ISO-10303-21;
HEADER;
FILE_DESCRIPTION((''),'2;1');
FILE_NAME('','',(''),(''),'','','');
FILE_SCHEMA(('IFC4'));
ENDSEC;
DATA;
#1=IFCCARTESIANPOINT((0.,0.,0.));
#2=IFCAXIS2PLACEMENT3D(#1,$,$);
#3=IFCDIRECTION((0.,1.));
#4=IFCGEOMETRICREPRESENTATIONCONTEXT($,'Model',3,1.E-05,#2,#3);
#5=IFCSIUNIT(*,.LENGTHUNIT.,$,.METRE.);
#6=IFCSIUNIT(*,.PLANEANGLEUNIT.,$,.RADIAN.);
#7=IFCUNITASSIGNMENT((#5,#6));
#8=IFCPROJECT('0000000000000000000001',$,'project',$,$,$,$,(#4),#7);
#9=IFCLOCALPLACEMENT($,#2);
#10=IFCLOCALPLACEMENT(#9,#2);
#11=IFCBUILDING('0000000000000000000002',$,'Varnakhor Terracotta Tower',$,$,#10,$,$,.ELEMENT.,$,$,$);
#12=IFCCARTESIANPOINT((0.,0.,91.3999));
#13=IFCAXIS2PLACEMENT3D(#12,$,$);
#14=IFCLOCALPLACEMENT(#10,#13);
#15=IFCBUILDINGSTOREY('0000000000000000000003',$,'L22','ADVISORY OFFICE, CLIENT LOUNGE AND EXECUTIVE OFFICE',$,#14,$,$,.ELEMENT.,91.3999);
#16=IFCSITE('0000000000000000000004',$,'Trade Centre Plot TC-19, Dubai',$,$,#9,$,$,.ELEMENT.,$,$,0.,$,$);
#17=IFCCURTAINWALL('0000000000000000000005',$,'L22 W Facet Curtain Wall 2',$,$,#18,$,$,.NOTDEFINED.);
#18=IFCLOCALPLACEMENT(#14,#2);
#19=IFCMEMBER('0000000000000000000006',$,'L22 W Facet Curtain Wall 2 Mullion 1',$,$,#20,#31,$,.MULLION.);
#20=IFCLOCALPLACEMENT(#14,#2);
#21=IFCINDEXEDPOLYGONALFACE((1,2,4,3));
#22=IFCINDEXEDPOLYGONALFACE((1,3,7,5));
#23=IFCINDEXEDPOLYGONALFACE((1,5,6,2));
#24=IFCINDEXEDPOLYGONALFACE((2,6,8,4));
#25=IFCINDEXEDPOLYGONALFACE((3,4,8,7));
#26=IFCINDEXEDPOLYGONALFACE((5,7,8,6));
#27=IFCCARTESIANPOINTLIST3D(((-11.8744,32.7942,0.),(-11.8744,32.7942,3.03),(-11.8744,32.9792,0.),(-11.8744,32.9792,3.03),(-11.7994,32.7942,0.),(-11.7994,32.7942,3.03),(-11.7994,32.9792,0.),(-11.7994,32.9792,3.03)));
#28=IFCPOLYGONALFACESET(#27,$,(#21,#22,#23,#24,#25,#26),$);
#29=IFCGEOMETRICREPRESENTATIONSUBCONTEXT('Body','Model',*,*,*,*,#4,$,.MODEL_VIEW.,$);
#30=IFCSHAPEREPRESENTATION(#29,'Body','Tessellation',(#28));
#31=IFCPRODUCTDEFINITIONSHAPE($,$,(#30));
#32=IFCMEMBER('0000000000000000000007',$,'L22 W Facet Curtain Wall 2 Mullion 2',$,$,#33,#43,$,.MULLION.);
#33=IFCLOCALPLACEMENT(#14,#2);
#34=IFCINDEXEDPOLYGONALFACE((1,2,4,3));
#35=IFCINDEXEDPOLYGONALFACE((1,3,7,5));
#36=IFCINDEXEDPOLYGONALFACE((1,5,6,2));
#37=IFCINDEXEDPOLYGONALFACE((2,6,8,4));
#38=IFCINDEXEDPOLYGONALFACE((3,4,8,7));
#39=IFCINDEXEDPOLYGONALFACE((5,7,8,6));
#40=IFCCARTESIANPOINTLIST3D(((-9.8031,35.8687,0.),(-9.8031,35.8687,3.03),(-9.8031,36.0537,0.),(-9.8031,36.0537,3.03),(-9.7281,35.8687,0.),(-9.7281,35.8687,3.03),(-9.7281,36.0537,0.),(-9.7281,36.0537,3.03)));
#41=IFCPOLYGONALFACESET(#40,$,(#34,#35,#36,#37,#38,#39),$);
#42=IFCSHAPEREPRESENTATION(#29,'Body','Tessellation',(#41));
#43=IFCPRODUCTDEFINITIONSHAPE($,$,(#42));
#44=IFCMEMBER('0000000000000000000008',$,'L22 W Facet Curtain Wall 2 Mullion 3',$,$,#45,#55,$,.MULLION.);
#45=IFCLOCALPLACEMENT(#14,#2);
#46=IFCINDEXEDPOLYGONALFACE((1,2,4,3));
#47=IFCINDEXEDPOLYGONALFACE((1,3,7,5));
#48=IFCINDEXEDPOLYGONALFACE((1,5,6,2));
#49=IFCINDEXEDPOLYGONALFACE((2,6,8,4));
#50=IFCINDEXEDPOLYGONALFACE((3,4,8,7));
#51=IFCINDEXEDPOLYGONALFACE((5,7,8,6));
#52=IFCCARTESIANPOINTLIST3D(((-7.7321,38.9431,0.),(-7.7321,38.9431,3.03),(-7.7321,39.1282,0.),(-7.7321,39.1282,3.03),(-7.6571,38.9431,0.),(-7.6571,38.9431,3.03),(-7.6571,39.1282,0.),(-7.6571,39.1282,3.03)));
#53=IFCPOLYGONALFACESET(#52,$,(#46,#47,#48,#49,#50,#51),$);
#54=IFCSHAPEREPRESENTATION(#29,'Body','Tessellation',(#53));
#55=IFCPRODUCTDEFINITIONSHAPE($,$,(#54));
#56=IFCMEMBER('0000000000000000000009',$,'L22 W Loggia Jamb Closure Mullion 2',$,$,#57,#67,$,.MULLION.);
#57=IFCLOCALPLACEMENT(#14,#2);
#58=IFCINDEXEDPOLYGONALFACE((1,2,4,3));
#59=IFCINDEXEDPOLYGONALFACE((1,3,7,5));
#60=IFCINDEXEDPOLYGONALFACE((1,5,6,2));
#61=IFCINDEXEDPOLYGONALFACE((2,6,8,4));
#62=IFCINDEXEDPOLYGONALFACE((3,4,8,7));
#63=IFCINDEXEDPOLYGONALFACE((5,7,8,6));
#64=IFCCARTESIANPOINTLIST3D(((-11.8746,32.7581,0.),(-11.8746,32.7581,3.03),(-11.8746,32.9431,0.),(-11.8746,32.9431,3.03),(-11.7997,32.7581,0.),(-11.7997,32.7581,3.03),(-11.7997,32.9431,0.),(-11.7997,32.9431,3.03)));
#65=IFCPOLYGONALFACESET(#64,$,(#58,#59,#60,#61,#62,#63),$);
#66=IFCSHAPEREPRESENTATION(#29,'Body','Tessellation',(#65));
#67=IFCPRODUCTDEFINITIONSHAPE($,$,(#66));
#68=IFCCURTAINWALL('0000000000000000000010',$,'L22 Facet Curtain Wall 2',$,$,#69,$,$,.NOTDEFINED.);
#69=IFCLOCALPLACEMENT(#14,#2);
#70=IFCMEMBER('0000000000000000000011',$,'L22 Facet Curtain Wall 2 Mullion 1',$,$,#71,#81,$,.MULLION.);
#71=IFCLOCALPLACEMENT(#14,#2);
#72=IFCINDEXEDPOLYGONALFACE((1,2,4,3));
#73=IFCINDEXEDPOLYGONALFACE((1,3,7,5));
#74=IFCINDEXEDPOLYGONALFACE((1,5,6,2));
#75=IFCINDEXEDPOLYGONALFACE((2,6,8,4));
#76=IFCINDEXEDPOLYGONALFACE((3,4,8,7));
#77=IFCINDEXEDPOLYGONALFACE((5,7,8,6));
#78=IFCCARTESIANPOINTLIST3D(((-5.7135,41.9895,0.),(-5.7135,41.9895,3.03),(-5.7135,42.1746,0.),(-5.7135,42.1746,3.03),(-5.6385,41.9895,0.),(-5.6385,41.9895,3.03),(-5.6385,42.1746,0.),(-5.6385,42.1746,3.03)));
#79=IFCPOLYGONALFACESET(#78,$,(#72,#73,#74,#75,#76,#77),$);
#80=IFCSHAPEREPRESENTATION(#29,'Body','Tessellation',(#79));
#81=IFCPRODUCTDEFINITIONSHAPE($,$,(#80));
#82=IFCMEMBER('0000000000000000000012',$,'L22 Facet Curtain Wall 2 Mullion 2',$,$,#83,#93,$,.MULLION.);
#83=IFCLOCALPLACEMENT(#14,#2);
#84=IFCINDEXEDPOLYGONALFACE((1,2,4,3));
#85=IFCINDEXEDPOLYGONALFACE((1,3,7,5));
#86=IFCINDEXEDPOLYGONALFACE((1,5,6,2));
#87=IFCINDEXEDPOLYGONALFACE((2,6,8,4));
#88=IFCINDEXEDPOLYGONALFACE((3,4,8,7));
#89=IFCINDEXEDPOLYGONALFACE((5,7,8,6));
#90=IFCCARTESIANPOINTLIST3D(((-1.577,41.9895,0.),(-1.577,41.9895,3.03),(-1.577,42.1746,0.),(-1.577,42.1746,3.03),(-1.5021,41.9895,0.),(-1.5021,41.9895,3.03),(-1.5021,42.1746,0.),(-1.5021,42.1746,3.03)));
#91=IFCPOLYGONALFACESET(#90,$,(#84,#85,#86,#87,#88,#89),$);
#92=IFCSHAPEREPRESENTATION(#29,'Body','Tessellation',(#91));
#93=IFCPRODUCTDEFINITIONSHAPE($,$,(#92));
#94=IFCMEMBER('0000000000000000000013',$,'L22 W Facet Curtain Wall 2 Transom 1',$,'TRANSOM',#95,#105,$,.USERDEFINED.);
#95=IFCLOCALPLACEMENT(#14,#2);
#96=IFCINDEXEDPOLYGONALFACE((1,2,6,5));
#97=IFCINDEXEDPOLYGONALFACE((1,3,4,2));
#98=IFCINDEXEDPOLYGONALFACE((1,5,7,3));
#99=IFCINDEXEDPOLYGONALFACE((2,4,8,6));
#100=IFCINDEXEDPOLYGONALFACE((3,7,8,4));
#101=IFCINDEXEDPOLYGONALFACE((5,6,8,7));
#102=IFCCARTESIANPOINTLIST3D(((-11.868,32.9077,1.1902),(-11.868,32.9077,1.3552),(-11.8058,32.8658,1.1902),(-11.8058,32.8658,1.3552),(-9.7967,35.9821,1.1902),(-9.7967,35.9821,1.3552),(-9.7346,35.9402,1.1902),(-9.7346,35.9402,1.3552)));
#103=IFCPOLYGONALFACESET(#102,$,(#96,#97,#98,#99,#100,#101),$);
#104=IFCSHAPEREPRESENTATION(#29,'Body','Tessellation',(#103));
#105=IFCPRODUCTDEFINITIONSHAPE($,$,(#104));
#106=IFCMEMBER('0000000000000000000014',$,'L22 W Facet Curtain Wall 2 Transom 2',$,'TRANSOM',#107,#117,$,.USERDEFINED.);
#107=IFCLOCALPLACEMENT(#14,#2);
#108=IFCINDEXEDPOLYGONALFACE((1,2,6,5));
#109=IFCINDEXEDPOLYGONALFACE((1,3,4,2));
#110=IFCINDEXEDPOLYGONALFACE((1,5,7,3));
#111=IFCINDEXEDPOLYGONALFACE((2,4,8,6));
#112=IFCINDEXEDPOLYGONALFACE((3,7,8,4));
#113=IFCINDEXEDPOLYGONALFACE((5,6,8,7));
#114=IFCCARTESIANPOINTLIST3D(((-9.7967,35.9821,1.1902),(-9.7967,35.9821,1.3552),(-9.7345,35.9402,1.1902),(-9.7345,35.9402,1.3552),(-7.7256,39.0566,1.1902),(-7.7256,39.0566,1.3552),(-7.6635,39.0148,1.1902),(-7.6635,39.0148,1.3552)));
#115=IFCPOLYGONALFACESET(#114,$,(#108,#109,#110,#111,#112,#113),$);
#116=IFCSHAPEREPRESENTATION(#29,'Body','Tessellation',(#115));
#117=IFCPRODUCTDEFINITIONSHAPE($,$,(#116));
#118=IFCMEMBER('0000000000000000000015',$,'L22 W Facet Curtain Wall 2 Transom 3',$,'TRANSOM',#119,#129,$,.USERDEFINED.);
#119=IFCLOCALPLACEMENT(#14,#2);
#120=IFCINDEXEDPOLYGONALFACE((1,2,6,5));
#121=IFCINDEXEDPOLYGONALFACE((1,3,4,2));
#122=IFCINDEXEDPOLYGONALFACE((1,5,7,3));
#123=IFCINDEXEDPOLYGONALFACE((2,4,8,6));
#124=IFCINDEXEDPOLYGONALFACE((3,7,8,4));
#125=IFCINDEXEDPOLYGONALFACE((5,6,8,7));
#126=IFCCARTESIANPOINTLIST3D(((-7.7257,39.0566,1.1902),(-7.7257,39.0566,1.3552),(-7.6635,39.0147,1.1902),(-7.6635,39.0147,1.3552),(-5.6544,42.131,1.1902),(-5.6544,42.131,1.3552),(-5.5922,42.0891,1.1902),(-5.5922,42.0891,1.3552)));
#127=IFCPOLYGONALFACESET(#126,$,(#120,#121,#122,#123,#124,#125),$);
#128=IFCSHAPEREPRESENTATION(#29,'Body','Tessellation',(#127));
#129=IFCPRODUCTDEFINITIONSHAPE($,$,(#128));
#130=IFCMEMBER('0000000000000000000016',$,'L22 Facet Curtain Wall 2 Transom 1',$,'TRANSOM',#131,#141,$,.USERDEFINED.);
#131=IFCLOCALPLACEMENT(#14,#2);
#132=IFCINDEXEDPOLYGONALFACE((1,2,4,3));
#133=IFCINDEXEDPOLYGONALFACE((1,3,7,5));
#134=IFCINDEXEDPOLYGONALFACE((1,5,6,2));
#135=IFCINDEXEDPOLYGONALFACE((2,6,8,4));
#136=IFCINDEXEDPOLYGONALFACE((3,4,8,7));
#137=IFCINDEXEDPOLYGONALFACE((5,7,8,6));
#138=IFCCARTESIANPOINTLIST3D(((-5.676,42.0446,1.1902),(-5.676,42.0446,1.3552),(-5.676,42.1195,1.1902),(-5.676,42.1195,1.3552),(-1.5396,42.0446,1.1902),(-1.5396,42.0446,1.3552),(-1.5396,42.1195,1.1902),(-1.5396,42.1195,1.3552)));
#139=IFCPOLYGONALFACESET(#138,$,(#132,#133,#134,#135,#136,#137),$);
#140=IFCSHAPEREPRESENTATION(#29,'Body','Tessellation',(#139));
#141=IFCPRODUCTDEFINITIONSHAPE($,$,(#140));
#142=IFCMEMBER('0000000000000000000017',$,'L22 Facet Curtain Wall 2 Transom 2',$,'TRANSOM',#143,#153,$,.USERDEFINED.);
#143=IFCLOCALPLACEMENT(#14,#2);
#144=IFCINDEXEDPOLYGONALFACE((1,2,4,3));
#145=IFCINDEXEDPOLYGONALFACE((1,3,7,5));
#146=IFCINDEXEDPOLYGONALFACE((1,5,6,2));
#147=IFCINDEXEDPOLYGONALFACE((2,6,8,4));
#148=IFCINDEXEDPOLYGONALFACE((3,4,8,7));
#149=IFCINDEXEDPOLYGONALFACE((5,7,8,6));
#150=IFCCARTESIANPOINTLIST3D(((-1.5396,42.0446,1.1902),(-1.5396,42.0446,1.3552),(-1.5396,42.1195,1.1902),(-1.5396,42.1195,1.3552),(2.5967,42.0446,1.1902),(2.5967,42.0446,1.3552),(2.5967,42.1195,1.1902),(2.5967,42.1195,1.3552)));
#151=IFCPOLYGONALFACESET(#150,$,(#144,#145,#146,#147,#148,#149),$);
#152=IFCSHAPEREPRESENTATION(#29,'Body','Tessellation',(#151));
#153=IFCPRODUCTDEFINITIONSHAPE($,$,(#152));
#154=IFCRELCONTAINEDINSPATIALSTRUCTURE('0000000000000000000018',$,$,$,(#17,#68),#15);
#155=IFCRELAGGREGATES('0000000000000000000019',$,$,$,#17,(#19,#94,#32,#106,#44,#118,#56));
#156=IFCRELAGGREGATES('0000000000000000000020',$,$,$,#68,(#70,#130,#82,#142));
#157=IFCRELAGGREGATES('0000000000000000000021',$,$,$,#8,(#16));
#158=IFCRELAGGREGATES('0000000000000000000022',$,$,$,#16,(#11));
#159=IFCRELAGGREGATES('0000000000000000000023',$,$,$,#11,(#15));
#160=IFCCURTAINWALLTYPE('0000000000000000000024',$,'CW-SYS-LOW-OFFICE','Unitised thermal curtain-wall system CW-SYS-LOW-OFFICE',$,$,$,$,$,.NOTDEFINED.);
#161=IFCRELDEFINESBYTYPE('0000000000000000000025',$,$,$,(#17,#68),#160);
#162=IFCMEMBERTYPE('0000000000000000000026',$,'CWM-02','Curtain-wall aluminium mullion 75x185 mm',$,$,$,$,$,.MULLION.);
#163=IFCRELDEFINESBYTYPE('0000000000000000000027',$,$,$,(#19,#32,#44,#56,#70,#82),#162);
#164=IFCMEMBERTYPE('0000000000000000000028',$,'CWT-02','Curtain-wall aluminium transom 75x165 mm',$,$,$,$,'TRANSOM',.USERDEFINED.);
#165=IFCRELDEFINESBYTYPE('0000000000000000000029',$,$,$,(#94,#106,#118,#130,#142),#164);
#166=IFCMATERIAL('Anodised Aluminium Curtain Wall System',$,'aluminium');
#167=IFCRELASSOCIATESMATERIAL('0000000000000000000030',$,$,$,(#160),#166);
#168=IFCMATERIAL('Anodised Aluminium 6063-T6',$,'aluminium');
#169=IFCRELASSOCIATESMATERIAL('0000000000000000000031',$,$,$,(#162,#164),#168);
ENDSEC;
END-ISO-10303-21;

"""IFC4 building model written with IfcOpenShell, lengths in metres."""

from ifc_helpers import new_model, si_unit, direction, frame, origin, origin_2d, place, context, subcontext, project, spatial, rectangle, extrude, source, transform, mapped, material, material_profile, profile_set, type_object, type_shapes, element, aggregate, save


model = new_model("IFC4")

# Units and contexts
model_context = context("Model", 3, precision=1e-05, world=origin(), true_north=direction((0.0, 1.0)))
body_context = subcontext(model_context, "Body", "Model", "MODEL_VIEW")
ifc_project = project(units=[si_unit("LENGTHUNIT", "METRE"), si_unit("PLANEANGLEUNIT", "RADIAN")], contexts=[model_context])

# Site, building, storey
site_placement = place(None, origin())
site = spatial("IfcSite", under=ifc_project, at=site_placement, Name="Trade Centre Plot TC-19, Dubai", CompositionType="ELEMENT", RefElevation=0.0)
building_placement = place(site_placement, origin())
building = spatial("IfcBuilding", under=site, at=building_placement, Name="Varnakhor Terracotta Tower", CompositionType="ELEMENT")
storey_placement = place(building_placement, frame((0.0, 0.0, 91.3999)))
storey = spatial("IfcBuildingStorey", under=building, at=storey_placement, Name="L22", Description="ADVISORY OFFICE, CLIENT LOUNGE AND EXECUTIVE OFFICE", CompositionType="ELEMENT", Elevation=91.3999)

# Curtain walls, members
ifc_material_1 = material(Name="Anodised Aluminium Curtain Wall System", Category="aluminium")
curtain_wall_type = type_object("IfcCurtainWallType", Name="CW-SYS-LOW-OFFICE", Description="Unitised thermal curtain-wall system CW-SYS-LOW-OFFICE", PredefinedType="NOTDEFINED", material=ifc_material_1)
curtain_wall_1_placement = place(storey_placement, origin())
curtain_wall_1 = element("IfcCurtainWall", 1, at=curtain_wall_1_placement, inside=storey, type_object=curtain_wall_type, Name="L22 W Facet Curtain Wall 2", PredefinedType="NOTDEFINED")
ifc_material_2 = material(Name="Anodised Aluminium 6063-T6", Category="aluminium")
ifc_material_profile_1 = material_profile(ifc_material_2, rectangle(XDim=0.075, YDim=0.1851, at=origin_2d()), Name="ALU MULLION 75x185")
ifc_profile_set_1 = profile_set([ifc_material_profile_1], Name="Anodised Aluminium 6063-T6")
member_type_1 = type_object("IfcMemberType", Name="CWM-02", Description="Curtain-wall aluminium mullion 75x185 mm", PredefinedType="MULLION", material=ifc_profile_set_1)
shared_shape_1 = source(origin(), body_context, "Body", "SweptSolid", [
    extrude(rectangle(XDim=0.075, YDim=0.1851, at=origin_2d()), origin(), (0.0, 0.0, 1.0), 3.03),
])
type_shapes(member_type_1, [shared_shape_1])
member_1_placement = place(storey_placement, frame((-11.8369, 32.8867, 0.0), z_axis=(0.0, 0.0, 1.0), x_axis=(1.0, 0.0, 0.0)))
member_1 = element("IfcMember", 2, at=member_1_placement, type_object=member_type_1, Name="L22 W Facet Curtain Wall 2 Mullion 1", PredefinedType="MULLION", context=body_context, shape_type="MappedRepresentation", body=[
    mapped(shared_shape_1, transform((0.0, 0.0, 0.0), scale=1.0)),
])
member_2_placement = place(storey_placement, frame((-9.7656, 35.9612, 0.0), z_axis=(0.0, 0.0, 1.0), x_axis=(1.0, 0.0, 0.0)))
member_2 = element("IfcMember", 3, at=member_2_placement, type_object=member_type_1, Name="L22 W Facet Curtain Wall 2 Mullion 2", PredefinedType="MULLION", context=body_context, shape_type="MappedRepresentation", body=[
    mapped(shared_shape_1, transform((0.0, 0.0, 0.0), scale=1.0)),
])
member_3_placement = place(storey_placement, frame((-7.6946, 39.0356, 0.0), z_axis=(0.0, 0.0, 1.0), x_axis=(1.0, 0.0, 0.0)))
member_3 = element("IfcMember", 4, at=member_3_placement, type_object=member_type_1, Name="L22 W Facet Curtain Wall 2 Mullion 3", PredefinedType="MULLION", context=body_context, shape_type="MappedRepresentation", body=[
    mapped(shared_shape_1, transform((0.0, 0.0, 0.0), scale=1.0)),
])
member_4_placement = place(storey_placement, frame((-11.8372, 32.8506, 0.0), z_axis=(0.0, 0.0, 1.0), x_axis=(1.0, 0.0, 0.0)))
member_4 = element("IfcMember", 5, at=member_4_placement, type_object=member_type_1, Name="L22 W Loggia Jamb Closure Mullion 2", PredefinedType="MULLION", context=body_context, shape_type="MappedRepresentation", body=[
    mapped(shared_shape_1, transform((0.0, 0.0, 0.0), scale=1.0)),
])
curtain_wall_2_placement = place(storey_placement, origin())
curtain_wall_2 = element("IfcCurtainWall", 6, at=curtain_wall_2_placement, inside=storey, type_object=curtain_wall_type, Name="L22 Facet Curtain Wall 2", PredefinedType="NOTDEFINED")
member_5_placement = place(storey_placement, frame((-5.676, 42.082, 0.0), z_axis=(0.0, 0.0, 1.0), x_axis=(1.0, 0.0, 0.0)))
member_5 = element("IfcMember", 7, at=member_5_placement, type_object=member_type_1, Name="L22 Facet Curtain Wall 2 Mullion 1", PredefinedType="MULLION", context=body_context, shape_type="MappedRepresentation", body=[
    mapped(shared_shape_1, transform((0.0, 0.0, 0.0), scale=1.0)),
])
member_6_placement = place(storey_placement, frame((-1.5396, 42.082, 0.0), z_axis=(0.0, 0.0, 1.0), x_axis=(1.0, 0.0, 0.0)))
member_6 = element("IfcMember", 8, at=member_6_placement, type_object=member_type_1, Name="L22 Facet Curtain Wall 2 Mullion 2", PredefinedType="MULLION", context=body_context, shape_type="MappedRepresentation", body=[
    mapped(shared_shape_1, transform((0.0, 0.0, 0.0), scale=1.0)),
])

# Members
ifc_material_profile_2 = material_profile(ifc_material_2, rectangle(XDim=0.075, YDim=0.165, at=origin_2d()), Name="ALU TRANSOM 75x165")
ifc_profile_set_2 = profile_set([ifc_material_profile_2], Name="Anodised Aluminium 6063-T6")
member_type_2 = type_object("IfcMemberType", Name="CWT-02", Description="Curtain-wall aluminium transom 75x165 mm", ElementType="TRANSOM", PredefinedType="USERDEFINED", material=ifc_profile_set_2)
shared_shape_2 = source(origin(), body_context, "Body", "SweptSolid", [
    extrude(rectangle(XDim=0.075, YDim=0.165, at=origin_2d()), origin(), (0.0, 0.0, 1.0), 3.707),
])
member_7_placement = place(storey_placement, frame((-11.8369, 32.8867, 1.2727), z_axis=(0.558736, 0.829345, 0.0), x_axis=(-0.829345, 0.558736, 0.0)))
member_7 = element("IfcMember", 9, at=member_7_placement, type_object=member_type_2, Name="L22 W Facet Curtain Wall 2 Transom 1", ObjectType="TRANSOM", PredefinedType="USERDEFINED", context=body_context, shape_type="MappedRepresentation", body=[
    mapped(shared_shape_2, transform((0.0, 0.0, 0.0), scale=1.0)),
])
member_8_placement = place(storey_placement, frame((-9.7656, 35.9612, 1.2727), z_axis=(0.558691, 0.829376, 0.0), x_axis=(-0.829376, 0.558691, 0.0)))
member_8 = element("IfcMember", 10, at=member_8_placement, type_object=member_type_2, Name="L22 W Facet Curtain Wall 2 Transom 2", ObjectType="TRANSOM", PredefinedType="USERDEFINED", context=body_context, shape_type="MappedRepresentation", body=[
    mapped(shared_shape_2, transform((0.0, 0.0, 0.0), scale=1.0)),
])
member_9_placement = place(storey_placement, frame((-7.6946, 39.0356, 1.2727), z_axis=(0.558736, 0.829345, 0.0), x_axis=(-0.829345, 0.558736, 0.0)))
member_9 = element("IfcMember", 11, at=member_9_placement, type_object=member_type_2, Name="L22 W Facet Curtain Wall 2 Transom 3", ObjectType="TRANSOM", PredefinedType="USERDEFINED", context=body_context, shape_type="MappedRepresentation", body=[
    mapped(shared_shape_2, transform((0.0, 0.0, 0.0), scale=1.0)),
])
shared_shape_3 = source(origin(), body_context, "Body", "SweptSolid", [
    extrude(rectangle(XDim=0.075, YDim=0.165, at=origin_2d()), origin(), (0.0, 0.0, 1.0), 4.1365),
])
member_10_placement = place(storey_placement, frame((-5.676, 42.082, 1.2727), z_axis=(1.0, 0.0, 0.0), x_axis=(0.0, 1.0, 0.0)))
member_10 = element("IfcMember", 12, at=member_10_placement, type_object=member_type_2, Name="L22 Facet Curtain Wall 2 Transom 1", ObjectType="TRANSOM", PredefinedType="USERDEFINED", context=body_context, shape_type="MappedRepresentation", body=[
    mapped(shared_shape_3, transform((0.0, 0.0, 0.0), scale=1.0)),
])
shared_shape_4 = source(origin(), body_context, "Body", "SweptSolid", [
    extrude(rectangle(XDim=0.075, YDim=0.165, at=origin_2d()), origin(), (0.0, 0.0, 1.0), 4.1362),
])
member_11_placement = place(storey_placement, frame((-1.5396, 42.082, 1.2727), z_axis=(1.0, 0.0, 0.0), x_axis=(0.0, 1.0, 0.0)))
member_11 = element("IfcMember", 13, at=member_11_placement, type_object=member_type_2, Name="L22 Facet Curtain Wall 2 Transom 2", ObjectType="TRANSOM", PredefinedType="USERDEFINED", context=body_context, shape_type="MappedRepresentation", body=[
    mapped(shared_shape_4, transform((0.0, 0.0, 0.0), scale=1.0)),
])

aggregate(curtain_wall_1, [member_1, member_7, member_2, member_8, member_3, member_9, member_4])
aggregate(curtain_wall_2, [member_5, member_10, member_6, member_11])

save(model, "model.ifc")
